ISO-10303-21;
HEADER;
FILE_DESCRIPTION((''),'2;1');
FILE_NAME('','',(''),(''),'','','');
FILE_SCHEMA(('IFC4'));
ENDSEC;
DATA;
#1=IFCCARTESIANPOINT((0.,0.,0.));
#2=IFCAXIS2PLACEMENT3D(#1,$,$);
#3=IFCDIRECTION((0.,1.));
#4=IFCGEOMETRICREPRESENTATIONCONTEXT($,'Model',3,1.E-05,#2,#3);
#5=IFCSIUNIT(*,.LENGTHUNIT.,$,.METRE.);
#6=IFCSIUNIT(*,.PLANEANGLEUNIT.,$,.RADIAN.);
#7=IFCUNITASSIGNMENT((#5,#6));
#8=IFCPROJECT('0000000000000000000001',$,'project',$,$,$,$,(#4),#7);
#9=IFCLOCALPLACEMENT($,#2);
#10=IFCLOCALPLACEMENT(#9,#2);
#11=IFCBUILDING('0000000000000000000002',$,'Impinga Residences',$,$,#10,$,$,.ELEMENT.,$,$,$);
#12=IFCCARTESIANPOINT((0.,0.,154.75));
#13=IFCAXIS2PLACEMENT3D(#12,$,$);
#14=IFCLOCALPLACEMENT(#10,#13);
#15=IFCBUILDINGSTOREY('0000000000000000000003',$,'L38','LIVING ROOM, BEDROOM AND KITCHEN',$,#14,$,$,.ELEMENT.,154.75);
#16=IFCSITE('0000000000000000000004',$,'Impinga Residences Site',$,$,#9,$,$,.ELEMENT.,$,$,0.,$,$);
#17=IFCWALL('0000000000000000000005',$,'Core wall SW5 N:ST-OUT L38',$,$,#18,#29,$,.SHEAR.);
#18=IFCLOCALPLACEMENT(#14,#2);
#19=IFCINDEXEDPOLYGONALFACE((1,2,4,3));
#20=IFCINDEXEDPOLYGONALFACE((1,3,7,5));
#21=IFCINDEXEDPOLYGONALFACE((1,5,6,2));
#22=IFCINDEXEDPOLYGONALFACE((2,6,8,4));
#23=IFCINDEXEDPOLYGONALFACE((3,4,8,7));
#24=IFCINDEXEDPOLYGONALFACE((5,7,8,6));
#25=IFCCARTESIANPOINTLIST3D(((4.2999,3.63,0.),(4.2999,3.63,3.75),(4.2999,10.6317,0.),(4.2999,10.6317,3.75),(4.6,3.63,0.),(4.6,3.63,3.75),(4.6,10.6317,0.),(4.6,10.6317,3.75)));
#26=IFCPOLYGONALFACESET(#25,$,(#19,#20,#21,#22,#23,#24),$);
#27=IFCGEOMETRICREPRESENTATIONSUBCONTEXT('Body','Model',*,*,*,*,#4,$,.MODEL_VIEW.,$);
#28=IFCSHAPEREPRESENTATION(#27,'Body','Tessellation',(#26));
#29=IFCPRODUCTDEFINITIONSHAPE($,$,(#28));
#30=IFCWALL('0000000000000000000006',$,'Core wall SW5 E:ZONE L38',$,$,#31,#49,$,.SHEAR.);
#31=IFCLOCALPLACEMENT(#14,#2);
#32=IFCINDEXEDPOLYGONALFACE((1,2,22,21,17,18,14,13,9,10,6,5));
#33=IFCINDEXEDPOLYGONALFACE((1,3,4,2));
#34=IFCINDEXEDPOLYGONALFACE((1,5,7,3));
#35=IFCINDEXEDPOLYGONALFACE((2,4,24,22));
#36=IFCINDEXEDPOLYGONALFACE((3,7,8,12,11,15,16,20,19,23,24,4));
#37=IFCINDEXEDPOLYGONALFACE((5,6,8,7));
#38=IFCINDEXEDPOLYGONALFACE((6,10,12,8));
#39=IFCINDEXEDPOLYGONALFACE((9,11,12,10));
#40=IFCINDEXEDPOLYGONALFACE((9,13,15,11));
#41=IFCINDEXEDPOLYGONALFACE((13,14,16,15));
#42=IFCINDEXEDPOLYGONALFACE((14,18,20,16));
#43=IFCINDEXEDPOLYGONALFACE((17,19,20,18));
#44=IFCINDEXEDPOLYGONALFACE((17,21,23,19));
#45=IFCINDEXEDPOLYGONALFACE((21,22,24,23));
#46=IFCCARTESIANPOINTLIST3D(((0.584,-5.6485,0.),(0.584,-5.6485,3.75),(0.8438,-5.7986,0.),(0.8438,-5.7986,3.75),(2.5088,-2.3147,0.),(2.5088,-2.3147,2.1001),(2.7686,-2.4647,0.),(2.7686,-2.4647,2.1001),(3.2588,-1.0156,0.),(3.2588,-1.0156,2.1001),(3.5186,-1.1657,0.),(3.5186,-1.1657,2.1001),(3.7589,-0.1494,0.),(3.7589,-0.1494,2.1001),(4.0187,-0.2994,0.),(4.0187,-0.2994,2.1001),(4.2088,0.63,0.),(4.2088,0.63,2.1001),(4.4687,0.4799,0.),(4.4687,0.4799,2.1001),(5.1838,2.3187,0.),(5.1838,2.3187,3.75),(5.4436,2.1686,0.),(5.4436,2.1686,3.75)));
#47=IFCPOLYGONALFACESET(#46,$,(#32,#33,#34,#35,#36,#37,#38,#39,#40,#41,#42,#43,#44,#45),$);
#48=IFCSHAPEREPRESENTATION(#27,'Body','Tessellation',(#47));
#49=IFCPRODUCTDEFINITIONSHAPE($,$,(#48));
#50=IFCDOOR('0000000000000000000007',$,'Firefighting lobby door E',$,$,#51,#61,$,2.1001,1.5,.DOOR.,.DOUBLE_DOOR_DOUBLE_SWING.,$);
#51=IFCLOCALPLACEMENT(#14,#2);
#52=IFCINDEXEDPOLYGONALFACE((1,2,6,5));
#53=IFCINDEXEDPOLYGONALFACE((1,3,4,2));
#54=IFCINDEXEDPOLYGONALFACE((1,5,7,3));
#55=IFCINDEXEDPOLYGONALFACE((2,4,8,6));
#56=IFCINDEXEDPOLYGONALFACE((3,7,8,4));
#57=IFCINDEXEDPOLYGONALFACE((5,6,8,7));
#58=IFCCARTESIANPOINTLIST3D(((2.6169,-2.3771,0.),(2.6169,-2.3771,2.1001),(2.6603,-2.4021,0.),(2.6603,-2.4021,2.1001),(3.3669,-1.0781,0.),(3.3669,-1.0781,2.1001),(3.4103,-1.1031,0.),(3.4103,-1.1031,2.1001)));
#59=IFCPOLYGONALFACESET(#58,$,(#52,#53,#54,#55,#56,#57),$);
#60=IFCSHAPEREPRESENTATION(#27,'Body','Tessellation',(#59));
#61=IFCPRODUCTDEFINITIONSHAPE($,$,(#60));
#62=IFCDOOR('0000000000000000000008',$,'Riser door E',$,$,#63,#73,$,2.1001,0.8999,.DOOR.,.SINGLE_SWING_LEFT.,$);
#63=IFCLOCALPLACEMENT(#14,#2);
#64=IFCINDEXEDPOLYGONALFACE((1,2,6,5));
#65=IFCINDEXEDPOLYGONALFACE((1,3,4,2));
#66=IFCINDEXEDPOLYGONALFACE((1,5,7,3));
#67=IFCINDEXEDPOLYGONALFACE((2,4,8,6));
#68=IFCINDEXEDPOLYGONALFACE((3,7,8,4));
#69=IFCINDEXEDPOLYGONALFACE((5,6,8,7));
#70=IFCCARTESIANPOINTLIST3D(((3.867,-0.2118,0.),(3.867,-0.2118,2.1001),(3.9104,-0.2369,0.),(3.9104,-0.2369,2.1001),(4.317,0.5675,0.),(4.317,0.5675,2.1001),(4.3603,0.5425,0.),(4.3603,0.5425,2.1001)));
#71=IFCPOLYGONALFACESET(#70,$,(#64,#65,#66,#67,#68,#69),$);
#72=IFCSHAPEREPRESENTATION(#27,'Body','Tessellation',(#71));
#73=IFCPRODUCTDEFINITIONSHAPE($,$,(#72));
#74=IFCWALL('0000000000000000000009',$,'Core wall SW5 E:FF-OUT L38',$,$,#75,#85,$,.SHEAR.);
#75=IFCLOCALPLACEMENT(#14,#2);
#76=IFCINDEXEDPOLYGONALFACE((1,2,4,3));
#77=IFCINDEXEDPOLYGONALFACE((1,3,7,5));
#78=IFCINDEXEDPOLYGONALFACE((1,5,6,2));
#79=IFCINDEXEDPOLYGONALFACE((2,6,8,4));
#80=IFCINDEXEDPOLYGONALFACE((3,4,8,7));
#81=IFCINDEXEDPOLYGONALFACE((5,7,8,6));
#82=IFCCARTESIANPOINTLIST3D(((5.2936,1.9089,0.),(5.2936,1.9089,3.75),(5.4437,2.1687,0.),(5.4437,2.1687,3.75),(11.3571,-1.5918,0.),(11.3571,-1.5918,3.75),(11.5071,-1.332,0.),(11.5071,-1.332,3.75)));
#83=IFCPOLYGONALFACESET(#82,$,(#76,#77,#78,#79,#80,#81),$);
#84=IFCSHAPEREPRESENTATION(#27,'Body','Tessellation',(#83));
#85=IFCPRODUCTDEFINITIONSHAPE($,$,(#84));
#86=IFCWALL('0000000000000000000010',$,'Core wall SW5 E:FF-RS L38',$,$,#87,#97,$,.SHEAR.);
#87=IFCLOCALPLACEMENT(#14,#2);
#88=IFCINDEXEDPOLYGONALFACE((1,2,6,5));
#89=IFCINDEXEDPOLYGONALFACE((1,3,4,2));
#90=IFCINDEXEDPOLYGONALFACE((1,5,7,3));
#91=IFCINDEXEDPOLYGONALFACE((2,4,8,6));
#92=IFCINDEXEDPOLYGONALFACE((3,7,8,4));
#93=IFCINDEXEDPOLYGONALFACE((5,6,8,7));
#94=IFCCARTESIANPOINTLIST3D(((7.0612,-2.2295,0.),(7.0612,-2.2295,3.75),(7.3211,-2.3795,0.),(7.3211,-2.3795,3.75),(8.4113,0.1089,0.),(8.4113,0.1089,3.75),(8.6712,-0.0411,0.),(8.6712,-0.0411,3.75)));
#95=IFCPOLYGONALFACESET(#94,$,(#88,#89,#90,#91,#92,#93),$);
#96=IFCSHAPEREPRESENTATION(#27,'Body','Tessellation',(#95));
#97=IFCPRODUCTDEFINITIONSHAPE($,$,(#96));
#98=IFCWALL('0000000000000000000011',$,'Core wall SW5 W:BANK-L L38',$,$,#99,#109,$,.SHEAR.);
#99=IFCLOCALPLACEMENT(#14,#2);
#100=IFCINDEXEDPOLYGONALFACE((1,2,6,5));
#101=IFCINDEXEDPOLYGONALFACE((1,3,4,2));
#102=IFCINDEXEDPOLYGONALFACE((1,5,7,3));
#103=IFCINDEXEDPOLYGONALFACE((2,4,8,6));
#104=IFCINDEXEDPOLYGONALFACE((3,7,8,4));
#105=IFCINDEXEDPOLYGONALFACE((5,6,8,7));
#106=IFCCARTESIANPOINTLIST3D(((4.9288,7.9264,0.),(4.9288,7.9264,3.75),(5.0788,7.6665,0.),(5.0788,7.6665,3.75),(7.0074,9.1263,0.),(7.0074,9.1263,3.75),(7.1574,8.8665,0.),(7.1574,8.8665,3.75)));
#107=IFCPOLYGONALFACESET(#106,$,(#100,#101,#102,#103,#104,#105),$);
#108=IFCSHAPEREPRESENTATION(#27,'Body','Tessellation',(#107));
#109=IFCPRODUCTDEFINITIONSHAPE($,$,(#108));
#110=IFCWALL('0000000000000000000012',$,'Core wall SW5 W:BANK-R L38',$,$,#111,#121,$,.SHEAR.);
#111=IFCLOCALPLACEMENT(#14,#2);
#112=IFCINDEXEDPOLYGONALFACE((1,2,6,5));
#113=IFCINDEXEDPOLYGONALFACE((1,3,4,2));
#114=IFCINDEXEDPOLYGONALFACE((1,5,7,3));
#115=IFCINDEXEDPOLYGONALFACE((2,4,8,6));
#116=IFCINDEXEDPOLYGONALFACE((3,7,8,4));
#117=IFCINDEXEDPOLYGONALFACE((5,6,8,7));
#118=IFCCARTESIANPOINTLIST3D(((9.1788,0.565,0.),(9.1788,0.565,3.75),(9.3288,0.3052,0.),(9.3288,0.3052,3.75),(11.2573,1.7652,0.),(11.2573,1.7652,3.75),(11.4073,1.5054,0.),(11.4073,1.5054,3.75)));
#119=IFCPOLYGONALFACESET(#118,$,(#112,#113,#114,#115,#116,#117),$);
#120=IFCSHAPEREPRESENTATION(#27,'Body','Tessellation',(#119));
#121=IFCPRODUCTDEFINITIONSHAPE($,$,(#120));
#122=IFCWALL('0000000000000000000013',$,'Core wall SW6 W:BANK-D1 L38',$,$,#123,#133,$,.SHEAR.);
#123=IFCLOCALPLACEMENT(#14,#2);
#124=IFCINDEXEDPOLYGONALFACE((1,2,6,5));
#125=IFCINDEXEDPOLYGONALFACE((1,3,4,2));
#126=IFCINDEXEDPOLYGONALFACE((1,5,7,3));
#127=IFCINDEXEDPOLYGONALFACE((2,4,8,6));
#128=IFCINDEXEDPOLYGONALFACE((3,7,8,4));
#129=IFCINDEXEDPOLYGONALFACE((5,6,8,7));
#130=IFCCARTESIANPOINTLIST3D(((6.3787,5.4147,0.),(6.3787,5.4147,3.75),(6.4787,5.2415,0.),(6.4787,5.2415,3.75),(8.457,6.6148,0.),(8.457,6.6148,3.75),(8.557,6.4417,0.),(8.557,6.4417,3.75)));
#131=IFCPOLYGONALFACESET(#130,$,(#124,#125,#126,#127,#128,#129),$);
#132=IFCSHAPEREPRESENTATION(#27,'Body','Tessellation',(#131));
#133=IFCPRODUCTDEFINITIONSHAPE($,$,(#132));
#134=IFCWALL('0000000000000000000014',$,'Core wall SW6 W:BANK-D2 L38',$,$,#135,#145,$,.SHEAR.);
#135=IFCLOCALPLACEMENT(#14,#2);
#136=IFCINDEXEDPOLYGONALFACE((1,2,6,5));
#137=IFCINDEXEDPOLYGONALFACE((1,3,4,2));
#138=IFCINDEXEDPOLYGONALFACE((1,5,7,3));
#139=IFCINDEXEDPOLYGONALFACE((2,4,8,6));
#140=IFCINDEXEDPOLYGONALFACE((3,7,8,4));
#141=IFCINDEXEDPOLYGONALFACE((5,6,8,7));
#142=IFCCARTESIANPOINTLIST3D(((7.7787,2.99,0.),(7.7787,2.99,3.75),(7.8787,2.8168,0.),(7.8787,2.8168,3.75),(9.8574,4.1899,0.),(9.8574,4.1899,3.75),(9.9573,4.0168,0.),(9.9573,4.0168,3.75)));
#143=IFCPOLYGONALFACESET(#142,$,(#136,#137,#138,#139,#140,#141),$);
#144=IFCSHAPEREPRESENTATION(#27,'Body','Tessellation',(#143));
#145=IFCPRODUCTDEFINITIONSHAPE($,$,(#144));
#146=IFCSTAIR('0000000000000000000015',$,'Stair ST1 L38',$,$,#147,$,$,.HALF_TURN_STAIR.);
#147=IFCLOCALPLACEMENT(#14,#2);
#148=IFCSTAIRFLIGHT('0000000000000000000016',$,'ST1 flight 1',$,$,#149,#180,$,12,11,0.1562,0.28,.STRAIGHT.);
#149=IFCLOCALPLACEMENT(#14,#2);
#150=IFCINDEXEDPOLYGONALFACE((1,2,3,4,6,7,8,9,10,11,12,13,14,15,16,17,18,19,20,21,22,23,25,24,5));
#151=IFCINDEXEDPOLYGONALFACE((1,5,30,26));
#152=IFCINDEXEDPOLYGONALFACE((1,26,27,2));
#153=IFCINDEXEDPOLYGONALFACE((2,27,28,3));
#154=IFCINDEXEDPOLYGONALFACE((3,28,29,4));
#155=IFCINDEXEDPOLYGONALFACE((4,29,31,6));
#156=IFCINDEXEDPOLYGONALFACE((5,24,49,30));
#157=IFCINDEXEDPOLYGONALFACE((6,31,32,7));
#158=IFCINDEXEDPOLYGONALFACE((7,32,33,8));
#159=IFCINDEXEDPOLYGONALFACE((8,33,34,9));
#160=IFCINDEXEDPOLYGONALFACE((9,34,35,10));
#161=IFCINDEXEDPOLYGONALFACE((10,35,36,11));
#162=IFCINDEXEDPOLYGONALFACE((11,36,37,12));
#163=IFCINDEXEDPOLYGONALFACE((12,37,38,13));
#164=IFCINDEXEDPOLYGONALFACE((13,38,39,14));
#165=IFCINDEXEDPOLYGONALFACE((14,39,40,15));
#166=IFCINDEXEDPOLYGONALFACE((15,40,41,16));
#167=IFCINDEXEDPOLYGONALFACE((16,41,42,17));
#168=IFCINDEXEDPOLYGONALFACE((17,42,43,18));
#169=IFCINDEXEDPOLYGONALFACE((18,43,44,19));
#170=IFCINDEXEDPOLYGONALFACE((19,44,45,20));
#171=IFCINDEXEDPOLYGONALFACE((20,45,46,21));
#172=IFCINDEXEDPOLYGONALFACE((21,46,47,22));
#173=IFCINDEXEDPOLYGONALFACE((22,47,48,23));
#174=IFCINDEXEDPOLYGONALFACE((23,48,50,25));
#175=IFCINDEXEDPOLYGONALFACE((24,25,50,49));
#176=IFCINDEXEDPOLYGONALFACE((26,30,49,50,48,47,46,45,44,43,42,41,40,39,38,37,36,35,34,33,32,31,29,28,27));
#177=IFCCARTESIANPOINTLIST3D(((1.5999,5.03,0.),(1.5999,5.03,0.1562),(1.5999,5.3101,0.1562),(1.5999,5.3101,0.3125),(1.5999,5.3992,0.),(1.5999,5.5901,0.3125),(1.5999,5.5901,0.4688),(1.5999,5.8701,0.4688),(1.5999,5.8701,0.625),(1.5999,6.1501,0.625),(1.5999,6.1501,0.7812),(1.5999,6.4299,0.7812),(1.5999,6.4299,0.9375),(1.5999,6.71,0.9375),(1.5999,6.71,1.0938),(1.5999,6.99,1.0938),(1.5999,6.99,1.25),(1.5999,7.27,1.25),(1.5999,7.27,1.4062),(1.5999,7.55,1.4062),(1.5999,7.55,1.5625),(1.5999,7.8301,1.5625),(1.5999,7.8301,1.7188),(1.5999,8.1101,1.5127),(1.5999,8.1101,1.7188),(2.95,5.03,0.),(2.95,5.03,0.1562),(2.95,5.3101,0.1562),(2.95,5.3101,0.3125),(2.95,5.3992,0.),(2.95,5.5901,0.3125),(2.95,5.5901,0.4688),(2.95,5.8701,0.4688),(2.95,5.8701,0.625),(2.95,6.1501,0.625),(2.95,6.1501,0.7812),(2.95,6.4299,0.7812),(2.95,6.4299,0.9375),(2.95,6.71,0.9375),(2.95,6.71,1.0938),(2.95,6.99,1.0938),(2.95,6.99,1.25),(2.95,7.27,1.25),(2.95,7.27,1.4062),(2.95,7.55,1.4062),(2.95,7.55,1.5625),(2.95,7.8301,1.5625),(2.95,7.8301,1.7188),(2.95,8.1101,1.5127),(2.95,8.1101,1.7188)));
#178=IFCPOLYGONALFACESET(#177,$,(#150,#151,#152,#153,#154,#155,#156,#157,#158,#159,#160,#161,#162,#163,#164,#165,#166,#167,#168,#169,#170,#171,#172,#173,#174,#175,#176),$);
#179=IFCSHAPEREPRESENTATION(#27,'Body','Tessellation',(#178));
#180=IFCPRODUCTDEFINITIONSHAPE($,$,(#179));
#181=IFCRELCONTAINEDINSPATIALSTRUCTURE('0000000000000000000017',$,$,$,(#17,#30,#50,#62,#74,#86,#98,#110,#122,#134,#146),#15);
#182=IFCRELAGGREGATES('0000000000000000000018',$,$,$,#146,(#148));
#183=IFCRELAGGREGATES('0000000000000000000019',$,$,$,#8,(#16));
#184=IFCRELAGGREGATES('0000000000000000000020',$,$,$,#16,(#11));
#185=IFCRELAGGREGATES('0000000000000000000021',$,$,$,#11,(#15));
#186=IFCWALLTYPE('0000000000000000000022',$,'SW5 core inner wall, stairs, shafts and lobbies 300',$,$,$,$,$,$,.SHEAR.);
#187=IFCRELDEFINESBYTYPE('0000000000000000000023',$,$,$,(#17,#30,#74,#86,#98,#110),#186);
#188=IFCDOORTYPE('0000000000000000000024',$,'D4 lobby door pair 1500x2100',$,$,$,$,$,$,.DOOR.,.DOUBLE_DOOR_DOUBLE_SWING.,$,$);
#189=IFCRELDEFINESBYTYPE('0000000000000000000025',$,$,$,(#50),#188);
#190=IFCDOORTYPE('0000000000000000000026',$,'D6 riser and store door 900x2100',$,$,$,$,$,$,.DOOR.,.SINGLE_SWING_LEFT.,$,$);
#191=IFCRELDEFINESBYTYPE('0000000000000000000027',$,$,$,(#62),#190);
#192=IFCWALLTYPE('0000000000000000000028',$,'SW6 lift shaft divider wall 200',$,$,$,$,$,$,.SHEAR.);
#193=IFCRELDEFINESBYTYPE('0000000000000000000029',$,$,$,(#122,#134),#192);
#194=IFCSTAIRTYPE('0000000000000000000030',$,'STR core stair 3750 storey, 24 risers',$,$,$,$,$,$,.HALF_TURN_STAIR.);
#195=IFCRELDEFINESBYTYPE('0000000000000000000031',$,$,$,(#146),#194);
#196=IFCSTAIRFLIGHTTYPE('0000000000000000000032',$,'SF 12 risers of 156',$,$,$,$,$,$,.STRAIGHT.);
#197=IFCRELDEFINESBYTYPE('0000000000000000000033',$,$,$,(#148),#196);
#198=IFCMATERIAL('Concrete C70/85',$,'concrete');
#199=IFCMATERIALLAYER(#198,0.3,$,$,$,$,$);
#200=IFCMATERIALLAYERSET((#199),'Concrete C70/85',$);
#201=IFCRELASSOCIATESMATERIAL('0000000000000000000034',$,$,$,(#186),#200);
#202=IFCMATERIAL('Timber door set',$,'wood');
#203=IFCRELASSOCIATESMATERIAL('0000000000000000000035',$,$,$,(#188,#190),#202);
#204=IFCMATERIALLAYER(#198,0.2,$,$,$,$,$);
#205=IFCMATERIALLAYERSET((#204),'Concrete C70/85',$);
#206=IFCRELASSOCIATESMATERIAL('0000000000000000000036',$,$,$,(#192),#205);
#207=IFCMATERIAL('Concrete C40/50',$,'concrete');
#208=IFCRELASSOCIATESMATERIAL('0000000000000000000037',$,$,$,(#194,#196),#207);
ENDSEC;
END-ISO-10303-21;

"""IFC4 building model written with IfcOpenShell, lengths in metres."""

from ifc_helpers import new_model, si_unit, direction, frame, frame_2d, origin, place, context, subcontext, project, spatial, polyline, rectangle, outline, extrude, material, layer, layer_set, type_object, element, fill, aggregate, save


model = new_model("IFC4")

# Units and contexts
model_context = context("Model", 3, precision=1e-05, world=origin(), true_north=direction((0.0, 1.0)))
body_context = subcontext(model_context, "Body", "Model", "MODEL_VIEW")
ifc_project = project(units=[si_unit("LENGTHUNIT", "METRE"), si_unit("PLANEANGLEUNIT", "RADIAN")], contexts=[model_context])

# Site, building, storey
site_placement = place(None, origin())
site = spatial("IfcSite", under=ifc_project, at=site_placement, Name="Impinga Residences Site", CompositionType="ELEMENT", RefElevation=0.0)
building_placement = place(site_placement, origin())
building = spatial("IfcBuilding", under=site, at=building_placement, Name="Impinga Residences", CompositionType="ELEMENT")
storey_placement = place(building_placement, frame((0.0, 0.0, 154.75)))
storey = spatial("IfcBuildingStorey", under=building, at=storey_placement, Name="L38", Description="LIVING ROOM, BEDROOM AND KITCHEN", CompositionType="ELEMENT", Elevation=154.75)

# Wall
ifc_material_1 = material(Name="Concrete C70/85", Category="concrete")
ifc_layer_1 = layer(ifc_material_1, 0.3)
ifc_layer_set_1 = layer_set([ifc_layer_1], Name="Concrete C70/85")
wall_type_1 = type_object("IfcWallType", Name="SW5 core inner wall, stairs, shafts and lobbies 300", PredefinedType="SHEAR", material=ifc_layer_set_1)
wall_1_placement = place(storey_placement, frame((4.45, 3.6299, 0.0), z_axis=(0.0, 0.0, 1.0), x_axis=(0.0, 1.0, 0.0)))
element("IfcWall", 1, at=wall_1_placement, inside=storey, type_object=wall_type_1, Name="Core wall SW5 N:ST-OUT L38", PredefinedType="SHEAR", context=body_context, shape_type="SweptSolid", body=[
    extrude(rectangle(XDim=7.0017, YDim=0.3, at=frame_2d((3.501, 0.0))), origin(), (0.0, 0.0, 1.0), 3.75),
])

# Wall, openings, doors
wall_2_placement = place(storey_placement, frame((5.3137, 2.2437, 0.0), z_axis=(0.0, 0.0, 1.0), x_axis=(-0.499995, -0.866028, 0.0)))
wall_2 = element("IfcWall", 2, at=wall_2_placement, inside=storey, type_object=wall_type_1, Name="Core wall SW5 E:ZONE L38", PredefinedType="SHEAR", context=body_context, shape_type="SweptSolid", body=[
    extrude(rectangle(XDim=9.1997, YDim=0.3, at=frame_2d((4.5999, 0.0))), origin(), (0.0, 0.0, 1.0), 3.75),
])
opening_1_placement = place(wall_2_placement, frame((3.8501, 0.0, 0.0)))
opening_1 = element("IfcOpeningElement", 3, at=opening_1_placement, cuts=wall_2, PredefinedType="OPENING", context=body_context, shape_type="SweptSolid", body=[
    extrude(rectangle(XDim=1.5, YDim=2.1001, at=frame_2d((0.75, 1.05))), frame((0.0, 0.1599, 0.0), z_axis=(0.0, -1.0, 0.0), x_axis=(1.0, 0.0, 0.0)), (0.0, 0.0, 1.0), 0.3201),
])
opening_2_placement = place(wall_2_placement, frame((1.95, 0.0, 0.0)))
opening_2 = element("IfcOpeningElement", 4, at=opening_2_placement, cuts=wall_2, PredefinedType="OPENING", context=body_context, shape_type="SweptSolid", body=[
    extrude(rectangle(XDim=0.8999, YDim=2.1001, at=frame_2d((0.45, 1.05))), frame((0.0, 0.1599, 0.0), z_axis=(0.0, -1.0, 0.0), x_axis=(1.0, 0.0, 0.0)), (0.0, 0.0, 1.0), 0.3201),
])
ifc_material_2 = material(Name="Timber door set", Category="wood")
door_type_1 = type_object("IfcDoorType", Name="D4 lobby door pair 1500x2100", OperationType="DOUBLE_DOOR_DOUBLE_SWING", PredefinedType="DOOR", material=ifc_material_2)
door_1_placement = place(opening_1_placement, origin())
door_1 = element("IfcDoor", 5, at=door_1_placement, inside=storey, type_object=door_type_1, Name="Firefighting lobby door E", OperationType="DOUBLE_DOOR_DOUBLE_SWING", OverallHeight=2.1001, OverallWidth=1.5, PredefinedType="DOOR", context=body_context, shape_type="SweptSolid", body=[
    extrude(rectangle(XDim=1.5, YDim=2.1001, at=frame_2d((0.75, 1.05))), frame((0.0, 0.0249, 0.0), z_axis=(0.0, -1.0, 0.0), x_axis=(1.0, 0.0, 0.0)), (0.0, 0.0, 1.0), 0.05),
])
fill(opening_1, door_1)
door_type_2 = type_object("IfcDoorType", Name="D6 riser and store door 900x2100", OperationType="SINGLE_SWING_LEFT", PredefinedType="DOOR", material=ifc_material_2)
door_2_placement = place(opening_2_placement, origin())
door_2 = element("IfcDoor", 6, at=door_2_placement, inside=storey, type_object=door_type_2, Name="Riser door E", OperationType="SINGLE_SWING_LEFT", OverallHeight=2.1001, OverallWidth=0.8999, PredefinedType="DOOR", context=body_context, shape_type="SweptSolid", body=[
    extrude(rectangle(XDim=0.8999, YDim=2.1001, at=frame_2d((0.45, 1.05))), frame((0.0, 0.0249, 0.0), z_axis=(0.0, -1.0, 0.0), x_axis=(1.0, 0.0, 0.0)), (0.0, 0.0, 1.0), 0.05),
])
fill(opening_2, door_2)

# Walls
wall_3_placement = place(storey_placement, frame((5.3687, 2.0388, 0.0), z_axis=(0.0, 0.0, 1.0), x_axis=(0.866026, -0.499998, 0.0)))
element("IfcWall", 7, at=wall_3_placement, inside=storey, type_object=wall_type_1, Name="Core wall SW5 E:FF-OUT L38", PredefinedType="SHEAR", context=body_context, shape_type="SweptSolid", body=[
    extrude(rectangle(XDim=7.0015, YDim=0.3, at=frame_2d((3.5007, 0.0))), origin(), (0.0, 0.0, 1.0), 3.75),
])
wall_4_placement = place(storey_placement, frame((8.5413, 0.0339, 0.0), z_axis=(0.0, 0.0, 1.0), x_axis=(-0.500009, -0.86602, 0.0)))
element("IfcWall", 8, at=wall_4_placement, inside=storey, type_object=wall_type_1, Name="Core wall SW5 E:FF-RS L38", PredefinedType="SHEAR", context=body_context, shape_type="SweptSolid", body=[
    extrude(rectangle(XDim=2.7002, YDim=0.3, at=frame_2d((1.3501, 0.0))), origin(), (0.0, 0.0, 1.0), 3.75),
])
for number, where, z_axis, x_axis, name in (
    (9, (5.0037, 7.7964, 0.0), (0.0, 0.0, 1.0), (0.86605, 0.499957, 0.0), "Core wall SW5 W:BANK-L L38"),
    (10, (9.2537, 0.4351, 0.0), (0.0, 0.0, 1.0), (0.866006, 0.500034, 0.0), "Core wall SW5 W:BANK-R L38"),
):
    element("IfcWall", number, at=place(storey_placement, frame(where, z_axis=z_axis, x_axis=x_axis)), inside=storey, type_object=wall_type_1, Name=name, PredefinedType="SHEAR", context=body_context, shape_type="SweptSolid", body=[
        extrude(rectangle(XDim=2.4001, YDim=0.3, at=frame_2d((1.2002, 0.0))), origin(), (0.0, 0.0, 1.0), 3.75),
    ])
ifc_layer_2 = layer(ifc_material_1, 0.2)
ifc_layer_set_2 = layer_set([ifc_layer_2], Name="Concrete C70/85")
wall_type_2 = type_object("IfcWallType", Name="SW6 lift shaft divider wall 200", PredefinedType="SHEAR", material=ifc_layer_set_2)
wall_5_placement = place(storey_placement, frame((6.4287, 5.3281, 0.0), z_axis=(0.0, 0.0, 1.0), x_axis=(0.865981, 0.500078, 0.0)))
element("IfcWall", 11, at=wall_5_placement, inside=storey, type_object=wall_type_2, Name="Core wall SW6 W:BANK-D1 L38", PredefinedType="SHEAR", context=body_context, shape_type="SweptSolid", body=[
    extrude(rectangle(XDim=2.3999, YDim=0.2, at=frame_2d((1.2, 0.0))), origin(), (0.0, 0.0, 1.0), 3.75),
])
wall_6_placement = place(storey_placement, frame((7.8286, 2.9033, 0.0), z_axis=(0.0, 0.0, 1.0), x_axis=(0.86605, 0.499957, 0.0)))
element("IfcWall", 12, at=wall_6_placement, inside=storey, type_object=wall_type_2, Name="Core wall SW6 W:BANK-D2 L38", PredefinedType="SHEAR", context=body_context, shape_type="SweptSolid", body=[
    extrude(rectangle(XDim=2.4001, YDim=0.2, at=frame_2d((1.2002, 0.0))), origin(), (0.0, 0.0, 1.0), 3.75),
])

# Stair, stair flight
ifc_material_3 = material(Name="Concrete C40/50", Category="concrete")
stair_type = type_object("IfcStairType", Name="STR core stair 3750 storey, 24 risers", PredefinedType="HALF_TURN_STAIR", material=ifc_material_3)
stair_placement = place(storey_placement, origin())
stair = element("IfcStair", 13, at=stair_placement, inside=storey, type_object=stair_type, Name="Stair ST1 L38", PredefinedType="HALF_TURN_STAIR")
stair_flight_type = type_object("IfcStairFlightType", Name="SF 12 risers of 156", PredefinedType="STRAIGHT", material=ifc_material_3)
stair_flight_1_placement = place(storey_placement, frame((2.2749, 5.03, 0.0), z_axis=(0.0, 0.0, 1.0), x_axis=(0.0, 1.0, 0.0)))
stair_flight_1 = element("IfcStairFlight", 14, at=stair_flight_1_placement, type_object=stair_flight_type, Name="ST1 flight 1", NumberOfRisers=12, NumberOfTreads=11, PredefinedType="STRAIGHT", RiserHeight=0.1562, TreadLength=0.28, context=body_context, shape_type="SweptSolid", body=[
    extrude(outline(polyline([(0.0, 0.0), (0.0, 0.1562), (0.28, 0.1562), (0.28, 0.3125), (0.5601, 0.3125), (0.5601, 0.4688), (0.8401, 0.4688), (0.8401, 0.625), (1.1201, 0.625), (1.1201, 0.7812), (1.3999, 0.7812), (1.3999, 0.9375), (1.6799, 0.9375), (1.6799, 1.0938), (1.96, 1.0938), (1.96, 1.25), (2.24, 1.25), (2.24, 1.4062), (2.52, 1.4062), (2.52, 1.5625), (2.8, 1.5625), (2.8, 1.7188), (3.0801, 1.7188), (3.0801, 1.875), (3.0801, 1.5127), (0.3691, 0.0), (0.0, 0.0)])), frame((0.0, 0.675, 0.0), z_axis=(0.0, -1.0, 0.0), x_axis=(1.0, 0.0, 0.0)), (0.0, 0.0, 1.0), 1.3501),
])
aggregate(stair, [stair_flight_1])

save(model, "model.ifc")
